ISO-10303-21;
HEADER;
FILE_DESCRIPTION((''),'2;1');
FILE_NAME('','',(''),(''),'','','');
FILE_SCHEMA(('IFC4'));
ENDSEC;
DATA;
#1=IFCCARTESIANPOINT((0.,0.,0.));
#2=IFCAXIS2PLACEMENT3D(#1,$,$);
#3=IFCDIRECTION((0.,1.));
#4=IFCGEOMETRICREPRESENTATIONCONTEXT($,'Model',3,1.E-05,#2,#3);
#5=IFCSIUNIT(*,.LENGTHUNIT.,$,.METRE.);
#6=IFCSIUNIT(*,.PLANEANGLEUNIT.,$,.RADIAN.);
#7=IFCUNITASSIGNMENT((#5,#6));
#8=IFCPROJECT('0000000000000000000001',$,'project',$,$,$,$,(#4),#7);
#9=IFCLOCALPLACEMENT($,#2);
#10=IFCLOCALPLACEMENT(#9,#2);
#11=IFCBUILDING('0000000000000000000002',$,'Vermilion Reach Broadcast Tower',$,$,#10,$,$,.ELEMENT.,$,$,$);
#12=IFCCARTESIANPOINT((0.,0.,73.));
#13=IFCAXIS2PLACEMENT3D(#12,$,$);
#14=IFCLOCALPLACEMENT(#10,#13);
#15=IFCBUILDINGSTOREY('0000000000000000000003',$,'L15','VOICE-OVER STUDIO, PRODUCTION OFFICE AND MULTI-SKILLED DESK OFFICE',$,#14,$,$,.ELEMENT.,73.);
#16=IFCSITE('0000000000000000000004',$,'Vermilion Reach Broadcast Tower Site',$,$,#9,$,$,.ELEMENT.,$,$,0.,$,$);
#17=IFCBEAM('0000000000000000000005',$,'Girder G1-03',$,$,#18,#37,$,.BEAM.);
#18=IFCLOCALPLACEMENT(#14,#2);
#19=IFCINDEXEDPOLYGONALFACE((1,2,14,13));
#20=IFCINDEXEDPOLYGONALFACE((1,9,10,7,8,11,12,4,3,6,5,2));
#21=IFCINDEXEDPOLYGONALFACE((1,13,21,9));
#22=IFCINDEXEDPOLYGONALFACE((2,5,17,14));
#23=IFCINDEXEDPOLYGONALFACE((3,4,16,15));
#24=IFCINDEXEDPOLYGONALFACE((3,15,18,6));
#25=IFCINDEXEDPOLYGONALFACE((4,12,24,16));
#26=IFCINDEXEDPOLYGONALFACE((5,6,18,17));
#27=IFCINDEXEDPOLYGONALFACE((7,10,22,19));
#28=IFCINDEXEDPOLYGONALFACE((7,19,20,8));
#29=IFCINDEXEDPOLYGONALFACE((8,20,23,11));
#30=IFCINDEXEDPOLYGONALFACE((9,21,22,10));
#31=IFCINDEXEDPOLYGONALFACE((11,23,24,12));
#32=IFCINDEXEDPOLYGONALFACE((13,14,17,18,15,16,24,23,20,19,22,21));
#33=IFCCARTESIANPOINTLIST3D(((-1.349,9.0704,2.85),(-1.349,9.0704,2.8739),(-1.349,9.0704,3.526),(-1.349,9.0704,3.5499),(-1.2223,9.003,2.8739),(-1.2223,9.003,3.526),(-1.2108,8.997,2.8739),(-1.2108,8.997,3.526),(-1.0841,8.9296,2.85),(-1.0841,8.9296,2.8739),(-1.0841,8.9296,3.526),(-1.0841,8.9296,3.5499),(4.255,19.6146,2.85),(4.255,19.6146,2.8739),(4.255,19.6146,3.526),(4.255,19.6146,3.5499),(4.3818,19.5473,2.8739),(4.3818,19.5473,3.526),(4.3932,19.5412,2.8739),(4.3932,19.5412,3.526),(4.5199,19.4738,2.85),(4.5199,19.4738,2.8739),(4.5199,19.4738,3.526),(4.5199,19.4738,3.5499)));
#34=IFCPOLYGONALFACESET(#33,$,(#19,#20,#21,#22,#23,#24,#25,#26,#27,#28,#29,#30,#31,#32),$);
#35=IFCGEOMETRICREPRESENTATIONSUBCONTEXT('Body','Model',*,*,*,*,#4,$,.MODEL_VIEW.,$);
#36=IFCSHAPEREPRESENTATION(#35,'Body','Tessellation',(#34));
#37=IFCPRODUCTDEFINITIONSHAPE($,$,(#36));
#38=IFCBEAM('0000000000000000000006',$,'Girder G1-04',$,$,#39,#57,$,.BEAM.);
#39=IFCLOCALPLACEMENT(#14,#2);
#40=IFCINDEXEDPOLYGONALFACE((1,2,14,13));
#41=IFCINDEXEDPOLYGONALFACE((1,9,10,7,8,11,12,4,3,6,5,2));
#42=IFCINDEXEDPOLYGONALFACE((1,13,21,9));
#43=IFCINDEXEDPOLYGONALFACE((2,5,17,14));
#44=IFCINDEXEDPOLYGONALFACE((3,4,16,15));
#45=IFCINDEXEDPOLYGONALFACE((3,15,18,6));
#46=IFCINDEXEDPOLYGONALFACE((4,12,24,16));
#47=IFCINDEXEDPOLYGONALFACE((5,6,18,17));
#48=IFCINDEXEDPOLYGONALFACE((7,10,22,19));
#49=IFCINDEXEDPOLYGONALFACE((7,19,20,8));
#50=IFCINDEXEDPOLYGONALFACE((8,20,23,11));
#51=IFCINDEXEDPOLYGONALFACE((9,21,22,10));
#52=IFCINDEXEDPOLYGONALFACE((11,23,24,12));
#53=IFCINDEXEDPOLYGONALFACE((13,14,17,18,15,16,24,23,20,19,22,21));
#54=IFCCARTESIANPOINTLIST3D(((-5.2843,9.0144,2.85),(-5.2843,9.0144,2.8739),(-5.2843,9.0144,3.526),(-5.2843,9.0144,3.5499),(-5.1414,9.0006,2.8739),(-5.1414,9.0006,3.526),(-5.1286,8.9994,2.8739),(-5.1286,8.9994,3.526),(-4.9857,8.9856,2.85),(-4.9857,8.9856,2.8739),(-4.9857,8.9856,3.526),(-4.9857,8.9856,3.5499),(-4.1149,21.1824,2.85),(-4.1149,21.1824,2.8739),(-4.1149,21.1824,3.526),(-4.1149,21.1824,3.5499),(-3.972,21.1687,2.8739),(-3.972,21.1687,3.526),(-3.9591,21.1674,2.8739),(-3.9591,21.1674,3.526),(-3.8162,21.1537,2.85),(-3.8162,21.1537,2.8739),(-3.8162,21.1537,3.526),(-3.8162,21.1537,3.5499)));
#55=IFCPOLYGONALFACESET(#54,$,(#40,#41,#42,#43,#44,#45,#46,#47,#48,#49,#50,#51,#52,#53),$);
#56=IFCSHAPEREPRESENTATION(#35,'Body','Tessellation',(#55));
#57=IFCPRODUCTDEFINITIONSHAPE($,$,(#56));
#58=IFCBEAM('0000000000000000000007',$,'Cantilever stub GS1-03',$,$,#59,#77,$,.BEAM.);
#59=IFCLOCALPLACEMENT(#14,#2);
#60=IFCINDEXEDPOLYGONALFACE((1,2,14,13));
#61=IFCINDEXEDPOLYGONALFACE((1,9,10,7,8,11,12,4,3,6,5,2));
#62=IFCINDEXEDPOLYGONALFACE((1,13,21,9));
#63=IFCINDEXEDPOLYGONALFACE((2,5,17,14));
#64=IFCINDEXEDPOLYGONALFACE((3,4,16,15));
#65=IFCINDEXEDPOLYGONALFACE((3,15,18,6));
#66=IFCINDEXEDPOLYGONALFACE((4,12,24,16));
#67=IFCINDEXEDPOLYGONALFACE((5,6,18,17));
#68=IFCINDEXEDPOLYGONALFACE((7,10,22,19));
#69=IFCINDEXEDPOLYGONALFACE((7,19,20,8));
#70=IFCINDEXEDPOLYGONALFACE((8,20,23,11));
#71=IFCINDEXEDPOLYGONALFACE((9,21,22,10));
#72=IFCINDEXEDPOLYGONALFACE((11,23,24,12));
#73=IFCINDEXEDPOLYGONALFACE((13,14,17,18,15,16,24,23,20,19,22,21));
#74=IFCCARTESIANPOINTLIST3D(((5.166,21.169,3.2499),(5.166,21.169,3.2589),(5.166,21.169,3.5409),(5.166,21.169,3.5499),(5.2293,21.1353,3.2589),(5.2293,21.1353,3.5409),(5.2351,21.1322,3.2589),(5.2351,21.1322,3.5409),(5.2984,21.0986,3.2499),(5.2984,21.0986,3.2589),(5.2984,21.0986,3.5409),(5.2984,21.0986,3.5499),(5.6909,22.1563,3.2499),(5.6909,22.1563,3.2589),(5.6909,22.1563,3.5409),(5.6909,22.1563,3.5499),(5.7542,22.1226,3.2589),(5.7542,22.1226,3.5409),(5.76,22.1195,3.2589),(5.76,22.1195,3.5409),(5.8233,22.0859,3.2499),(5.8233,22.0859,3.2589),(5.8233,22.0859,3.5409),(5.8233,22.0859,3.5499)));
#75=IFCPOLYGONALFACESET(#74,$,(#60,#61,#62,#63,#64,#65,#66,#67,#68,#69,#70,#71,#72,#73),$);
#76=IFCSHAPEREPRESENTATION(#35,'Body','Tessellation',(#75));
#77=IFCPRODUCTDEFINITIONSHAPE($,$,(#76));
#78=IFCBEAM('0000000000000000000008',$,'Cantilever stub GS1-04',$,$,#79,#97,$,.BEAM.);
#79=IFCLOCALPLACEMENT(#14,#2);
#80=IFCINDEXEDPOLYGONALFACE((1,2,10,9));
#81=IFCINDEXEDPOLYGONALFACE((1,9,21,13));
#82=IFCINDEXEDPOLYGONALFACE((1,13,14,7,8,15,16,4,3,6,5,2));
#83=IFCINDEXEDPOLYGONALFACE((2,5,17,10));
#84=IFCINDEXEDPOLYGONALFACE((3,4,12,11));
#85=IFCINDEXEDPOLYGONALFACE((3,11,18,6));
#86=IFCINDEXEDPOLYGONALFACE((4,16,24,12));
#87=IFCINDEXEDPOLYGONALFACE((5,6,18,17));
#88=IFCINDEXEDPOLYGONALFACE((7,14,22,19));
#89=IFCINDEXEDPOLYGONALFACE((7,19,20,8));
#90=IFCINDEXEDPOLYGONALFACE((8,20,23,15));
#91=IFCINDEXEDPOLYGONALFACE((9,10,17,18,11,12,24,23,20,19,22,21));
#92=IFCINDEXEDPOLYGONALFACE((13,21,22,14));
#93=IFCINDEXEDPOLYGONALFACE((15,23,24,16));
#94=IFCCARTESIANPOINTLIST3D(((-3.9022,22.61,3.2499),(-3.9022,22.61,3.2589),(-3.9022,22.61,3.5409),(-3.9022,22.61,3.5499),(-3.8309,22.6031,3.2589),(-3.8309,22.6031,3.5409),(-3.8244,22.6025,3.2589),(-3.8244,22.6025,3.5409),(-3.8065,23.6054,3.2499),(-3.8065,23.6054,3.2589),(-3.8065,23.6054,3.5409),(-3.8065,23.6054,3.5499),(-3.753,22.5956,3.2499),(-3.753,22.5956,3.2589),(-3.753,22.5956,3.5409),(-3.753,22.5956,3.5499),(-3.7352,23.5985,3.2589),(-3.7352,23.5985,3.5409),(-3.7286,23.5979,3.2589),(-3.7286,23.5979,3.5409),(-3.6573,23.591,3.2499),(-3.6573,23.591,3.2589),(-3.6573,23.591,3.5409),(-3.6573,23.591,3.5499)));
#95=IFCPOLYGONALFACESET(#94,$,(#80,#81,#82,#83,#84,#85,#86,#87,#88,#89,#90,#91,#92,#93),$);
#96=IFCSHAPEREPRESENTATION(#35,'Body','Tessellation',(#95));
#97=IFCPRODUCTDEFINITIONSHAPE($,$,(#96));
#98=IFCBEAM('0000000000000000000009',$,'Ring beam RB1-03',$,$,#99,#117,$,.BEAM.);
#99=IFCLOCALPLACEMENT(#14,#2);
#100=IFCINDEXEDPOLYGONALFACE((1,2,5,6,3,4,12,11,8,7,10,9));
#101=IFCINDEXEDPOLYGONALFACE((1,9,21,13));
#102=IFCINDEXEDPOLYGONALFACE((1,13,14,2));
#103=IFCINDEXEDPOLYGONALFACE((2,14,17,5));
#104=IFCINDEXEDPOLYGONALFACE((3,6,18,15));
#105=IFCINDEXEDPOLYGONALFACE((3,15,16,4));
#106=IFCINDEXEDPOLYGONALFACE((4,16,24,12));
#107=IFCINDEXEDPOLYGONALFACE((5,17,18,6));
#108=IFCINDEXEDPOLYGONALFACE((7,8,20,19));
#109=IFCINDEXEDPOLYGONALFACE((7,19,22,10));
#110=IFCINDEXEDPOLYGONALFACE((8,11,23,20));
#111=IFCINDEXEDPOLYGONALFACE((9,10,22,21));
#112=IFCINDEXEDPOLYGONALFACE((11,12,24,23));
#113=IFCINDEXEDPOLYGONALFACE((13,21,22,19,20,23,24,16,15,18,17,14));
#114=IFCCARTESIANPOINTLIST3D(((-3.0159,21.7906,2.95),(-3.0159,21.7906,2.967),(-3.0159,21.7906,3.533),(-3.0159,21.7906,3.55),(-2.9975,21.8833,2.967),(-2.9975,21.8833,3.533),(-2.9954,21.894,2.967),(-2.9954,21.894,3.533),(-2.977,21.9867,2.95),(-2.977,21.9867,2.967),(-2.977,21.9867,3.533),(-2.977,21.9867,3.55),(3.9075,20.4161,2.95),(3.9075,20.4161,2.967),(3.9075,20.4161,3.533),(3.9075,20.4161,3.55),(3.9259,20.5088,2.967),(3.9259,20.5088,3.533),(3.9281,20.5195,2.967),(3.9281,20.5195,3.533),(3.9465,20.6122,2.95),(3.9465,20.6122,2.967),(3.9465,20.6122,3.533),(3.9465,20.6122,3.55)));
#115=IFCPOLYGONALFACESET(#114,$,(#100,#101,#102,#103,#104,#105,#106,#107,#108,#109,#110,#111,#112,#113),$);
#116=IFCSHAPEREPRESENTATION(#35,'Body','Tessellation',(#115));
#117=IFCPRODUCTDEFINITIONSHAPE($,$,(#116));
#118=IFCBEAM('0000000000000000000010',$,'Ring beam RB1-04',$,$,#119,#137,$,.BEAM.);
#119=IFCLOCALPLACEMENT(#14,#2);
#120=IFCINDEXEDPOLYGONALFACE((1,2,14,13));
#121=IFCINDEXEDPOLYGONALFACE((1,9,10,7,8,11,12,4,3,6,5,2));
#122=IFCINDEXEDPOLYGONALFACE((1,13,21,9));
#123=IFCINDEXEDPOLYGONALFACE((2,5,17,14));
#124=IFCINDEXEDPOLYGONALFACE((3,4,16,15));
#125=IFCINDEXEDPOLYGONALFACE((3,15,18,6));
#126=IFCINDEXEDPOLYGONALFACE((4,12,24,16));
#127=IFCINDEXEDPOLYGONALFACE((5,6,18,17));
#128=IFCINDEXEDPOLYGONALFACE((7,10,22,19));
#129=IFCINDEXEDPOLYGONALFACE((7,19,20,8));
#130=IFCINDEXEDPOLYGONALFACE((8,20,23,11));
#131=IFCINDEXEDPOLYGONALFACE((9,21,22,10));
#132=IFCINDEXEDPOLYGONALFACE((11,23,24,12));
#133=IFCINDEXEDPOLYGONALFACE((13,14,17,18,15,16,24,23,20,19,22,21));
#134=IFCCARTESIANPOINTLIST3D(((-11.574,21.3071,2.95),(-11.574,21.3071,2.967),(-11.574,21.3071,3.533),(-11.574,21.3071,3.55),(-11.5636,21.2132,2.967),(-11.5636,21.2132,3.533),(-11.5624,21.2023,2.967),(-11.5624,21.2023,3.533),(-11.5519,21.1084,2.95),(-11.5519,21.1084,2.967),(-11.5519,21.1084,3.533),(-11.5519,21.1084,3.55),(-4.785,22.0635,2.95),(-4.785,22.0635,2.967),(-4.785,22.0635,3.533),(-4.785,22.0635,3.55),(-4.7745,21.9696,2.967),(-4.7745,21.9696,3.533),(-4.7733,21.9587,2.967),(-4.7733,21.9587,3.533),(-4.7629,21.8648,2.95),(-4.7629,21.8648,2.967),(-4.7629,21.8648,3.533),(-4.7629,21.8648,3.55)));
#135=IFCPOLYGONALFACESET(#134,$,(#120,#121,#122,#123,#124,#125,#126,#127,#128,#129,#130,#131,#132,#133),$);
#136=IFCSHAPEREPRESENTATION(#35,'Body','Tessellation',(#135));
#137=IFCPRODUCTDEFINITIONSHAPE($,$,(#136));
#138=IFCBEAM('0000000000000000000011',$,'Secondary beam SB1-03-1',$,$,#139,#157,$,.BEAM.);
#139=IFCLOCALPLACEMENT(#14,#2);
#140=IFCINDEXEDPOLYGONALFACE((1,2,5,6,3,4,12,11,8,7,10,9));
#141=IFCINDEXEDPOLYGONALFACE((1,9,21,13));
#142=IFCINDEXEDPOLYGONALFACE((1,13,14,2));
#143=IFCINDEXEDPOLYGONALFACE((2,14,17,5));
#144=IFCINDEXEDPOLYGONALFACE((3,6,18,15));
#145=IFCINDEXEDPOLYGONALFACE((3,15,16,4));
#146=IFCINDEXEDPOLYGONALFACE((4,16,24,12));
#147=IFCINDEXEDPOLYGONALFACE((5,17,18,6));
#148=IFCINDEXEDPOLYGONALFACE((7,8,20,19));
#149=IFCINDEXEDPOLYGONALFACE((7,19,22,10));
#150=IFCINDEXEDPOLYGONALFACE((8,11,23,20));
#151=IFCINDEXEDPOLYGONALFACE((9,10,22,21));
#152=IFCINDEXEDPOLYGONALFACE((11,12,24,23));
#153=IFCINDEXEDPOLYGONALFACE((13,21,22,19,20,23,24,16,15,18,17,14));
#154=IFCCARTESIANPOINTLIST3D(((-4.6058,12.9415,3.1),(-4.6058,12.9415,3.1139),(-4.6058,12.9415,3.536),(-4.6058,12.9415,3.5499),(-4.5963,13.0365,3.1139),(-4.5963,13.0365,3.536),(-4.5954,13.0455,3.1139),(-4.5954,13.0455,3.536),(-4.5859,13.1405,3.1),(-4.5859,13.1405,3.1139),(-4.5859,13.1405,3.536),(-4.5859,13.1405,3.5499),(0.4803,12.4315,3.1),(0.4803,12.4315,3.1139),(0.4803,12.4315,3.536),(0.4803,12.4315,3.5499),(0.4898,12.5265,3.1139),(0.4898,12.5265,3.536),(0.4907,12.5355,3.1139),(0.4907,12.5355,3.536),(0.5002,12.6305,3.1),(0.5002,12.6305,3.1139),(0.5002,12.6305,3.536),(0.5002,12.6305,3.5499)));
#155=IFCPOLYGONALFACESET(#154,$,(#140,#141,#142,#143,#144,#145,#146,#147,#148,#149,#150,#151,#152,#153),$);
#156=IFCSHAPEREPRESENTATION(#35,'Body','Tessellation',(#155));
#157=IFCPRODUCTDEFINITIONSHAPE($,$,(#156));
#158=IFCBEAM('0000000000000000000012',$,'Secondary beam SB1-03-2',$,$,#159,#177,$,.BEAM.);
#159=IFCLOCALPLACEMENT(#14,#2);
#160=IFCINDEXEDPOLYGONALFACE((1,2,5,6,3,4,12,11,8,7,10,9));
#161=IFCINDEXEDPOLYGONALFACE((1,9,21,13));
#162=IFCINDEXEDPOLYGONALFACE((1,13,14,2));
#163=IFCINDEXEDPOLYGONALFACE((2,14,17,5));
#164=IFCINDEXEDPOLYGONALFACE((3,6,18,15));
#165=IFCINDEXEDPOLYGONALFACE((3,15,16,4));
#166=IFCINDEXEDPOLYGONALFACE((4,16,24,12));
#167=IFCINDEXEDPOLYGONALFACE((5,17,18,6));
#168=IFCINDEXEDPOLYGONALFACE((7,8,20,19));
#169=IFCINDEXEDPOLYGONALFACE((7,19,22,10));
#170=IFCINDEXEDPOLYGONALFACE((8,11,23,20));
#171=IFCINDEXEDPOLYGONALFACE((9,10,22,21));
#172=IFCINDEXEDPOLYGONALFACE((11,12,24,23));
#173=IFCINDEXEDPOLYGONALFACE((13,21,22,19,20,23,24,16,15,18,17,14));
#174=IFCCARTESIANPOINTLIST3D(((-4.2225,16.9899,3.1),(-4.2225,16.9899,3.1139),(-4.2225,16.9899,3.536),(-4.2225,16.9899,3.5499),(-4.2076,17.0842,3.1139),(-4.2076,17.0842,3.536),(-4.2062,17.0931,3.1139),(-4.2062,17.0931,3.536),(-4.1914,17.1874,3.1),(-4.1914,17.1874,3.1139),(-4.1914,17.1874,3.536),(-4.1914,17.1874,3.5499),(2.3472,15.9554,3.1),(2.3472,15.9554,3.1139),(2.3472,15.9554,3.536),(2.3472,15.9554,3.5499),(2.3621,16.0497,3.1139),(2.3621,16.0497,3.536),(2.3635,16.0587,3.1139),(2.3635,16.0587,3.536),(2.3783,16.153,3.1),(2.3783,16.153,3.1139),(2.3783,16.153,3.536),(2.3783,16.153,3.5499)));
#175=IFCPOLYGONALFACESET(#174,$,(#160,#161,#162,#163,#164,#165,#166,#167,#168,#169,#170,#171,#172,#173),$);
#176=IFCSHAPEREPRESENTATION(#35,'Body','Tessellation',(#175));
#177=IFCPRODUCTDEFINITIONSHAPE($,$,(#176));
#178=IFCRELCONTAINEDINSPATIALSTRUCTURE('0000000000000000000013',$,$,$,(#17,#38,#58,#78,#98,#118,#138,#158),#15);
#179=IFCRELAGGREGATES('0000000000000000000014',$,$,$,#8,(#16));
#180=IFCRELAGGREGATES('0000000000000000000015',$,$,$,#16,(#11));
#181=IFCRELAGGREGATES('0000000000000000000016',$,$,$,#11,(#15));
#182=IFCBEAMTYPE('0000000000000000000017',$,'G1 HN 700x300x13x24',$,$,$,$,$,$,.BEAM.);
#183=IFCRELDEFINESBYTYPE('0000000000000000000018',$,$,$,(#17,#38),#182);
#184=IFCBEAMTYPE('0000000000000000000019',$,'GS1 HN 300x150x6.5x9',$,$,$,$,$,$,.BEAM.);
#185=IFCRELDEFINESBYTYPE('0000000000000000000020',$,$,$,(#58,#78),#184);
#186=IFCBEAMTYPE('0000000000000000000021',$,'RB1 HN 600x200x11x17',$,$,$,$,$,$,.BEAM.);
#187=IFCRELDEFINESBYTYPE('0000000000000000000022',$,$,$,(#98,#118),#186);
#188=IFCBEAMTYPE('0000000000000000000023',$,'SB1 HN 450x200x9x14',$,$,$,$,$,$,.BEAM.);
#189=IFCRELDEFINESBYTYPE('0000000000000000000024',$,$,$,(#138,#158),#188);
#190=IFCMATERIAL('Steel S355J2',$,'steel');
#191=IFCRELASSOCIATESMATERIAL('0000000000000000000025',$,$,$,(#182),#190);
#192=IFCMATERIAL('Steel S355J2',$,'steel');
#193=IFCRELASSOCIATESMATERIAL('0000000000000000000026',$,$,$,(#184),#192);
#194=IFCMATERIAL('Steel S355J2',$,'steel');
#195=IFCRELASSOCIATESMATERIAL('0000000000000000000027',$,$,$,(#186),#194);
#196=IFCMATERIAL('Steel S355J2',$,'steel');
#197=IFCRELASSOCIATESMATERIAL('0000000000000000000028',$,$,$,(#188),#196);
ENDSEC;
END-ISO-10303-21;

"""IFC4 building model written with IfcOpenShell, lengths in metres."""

from ifc_helpers import new_model, si_unit, direction, frame, origin, origin_2d, place, context, subcontext, project, spatial, i_section, extrude, material, material_profile, profile_set, type_object, element, save


model = new_model("IFC4")

# Units and contexts
model_context = context("Model", 3, precision=1e-05, world=origin(), true_north=direction((0.0, 1.0)))
body_context = subcontext(model_context, "Body", "Model", "MODEL_VIEW")
ifc_project = project(units=[si_unit("LENGTHUNIT", "METRE"), si_unit("PLANEANGLEUNIT", "RADIAN")], contexts=[model_context])

# Site, building, storey
site_placement = place(None, origin())
site = spatial("IfcSite", under=ifc_project, at=site_placement, Name="Vermilion Reach Broadcast Tower Site", CompositionType="ELEMENT", RefElevation=0.0)
building_placement = place(site_placement, origin())
building = spatial("IfcBuilding", under=site, at=building_placement, Name="Vermilion Reach Broadcast Tower", CompositionType="ELEMENT")
storey_placement = place(building_placement, frame((0.0, 0.0, 73.0)))
storey = spatial("IfcBuildingStorey", under=building, at=storey_placement, Name="L15", Description="VOICE-OVER STUDIO, PRODUCTION OFFICE AND MULTI-SKILLED DESK OFFICE", CompositionType="ELEMENT", Elevation=73.0)

# Beams
ifc_material_1 = material(Name="Steel S355J2", Category="steel")
ifc_material_profile_1 = material_profile(ifc_material_1, i_section(OverallWidth=0.3, OverallDepth=0.7, WebThickness=0.0129, FlangeThickness=0.0239, at=origin_2d()), Name="S355J2 HN 700x300x13x24")
ifc_profile_set_1 = profile_set([ifc_material_profile_1], Name="Steel S355J2")
beam_type_1 = type_object("IfcBeamType", Name="G1 HN 700x300x13x24", PredefinedType="BEAM", material=ifc_profile_set_1)
beam_1_placement = place(storey_placement, frame((-1.2166, 9.0, 3.2), z_axis=(0.469312, 0.883032, 0.0), x_axis=(-0.883032, 0.469312, 0.0)))
element("IfcBeam", 1, at=beam_1_placement, inside=storey, type_object=beam_type_1, Name="Girder G1-03", PredefinedType="BEAM", context=body_context, shape_type="SweptSolid", body=[
    extrude(i_section(OverallWidth=0.3, OverallDepth=0.7, WebThickness=0.0129, FlangeThickness=0.0239, at=origin_2d()), origin(), (0.0, 0.0, 1.0), 11.9409),
])
beam_2_placement = place(storey_placement, frame((-5.135, 9.0, 3.2), z_axis=(0.095667, 0.995413, 0.0), x_axis=(-0.995413, 0.095667, 0.0)))
element("IfcBeam", 2, at=beam_2_placement, inside=storey, type_object=beam_type_1, Name="Girder G1-04", PredefinedType="BEAM", context=body_context, shape_type="SweptSolid", body=[
    extrude(i_section(OverallWidth=0.3, OverallDepth=0.7, WebThickness=0.0129, FlangeThickness=0.0239, at=origin_2d()), origin(), (0.0, 0.0, 1.0), 12.2241),
])
ifc_material_2 = material(Name="Steel S355J2", Category="steel")
ifc_material_profile_2 = material_profile(ifc_material_2, i_section(OverallWidth=0.1499, OverallDepth=0.3, WebThickness=0.0066, FlangeThickness=0.009, at=origin_2d()), Name="S355J2 HN 300x150x6.5x9")
ifc_profile_set_2 = profile_set([ifc_material_profile_2], Name="Steel S355J2")
beam_type_2 = type_object("IfcBeamType", Name="GS1 HN 300x150x6.5x9", PredefinedType="BEAM", material=ifc_profile_set_2)
beam_3_placement = place(storey_placement, frame((5.2322, 21.1338, 3.3999), z_axis=(0.469432, 0.882969, 0.0), x_axis=(-0.882969, 0.469432, 0.0)))
element("IfcBeam", 3, at=beam_3_placement, inside=storey, type_object=beam_type_2, Name="Cantilever stub GS1-03", PredefinedType="BEAM", context=body_context, shape_type="SweptSolid", body=[
    extrude(i_section(OverallWidth=0.1499, OverallDepth=0.3, WebThickness=0.0066, FlangeThickness=0.009, at=origin_2d()), origin(), (0.0, 0.0, 1.0), 1.1182),
])
beam_4_placement = place(storey_placement, frame((-3.8276, 22.6028, 3.3999), z_axis=(0.095708, 0.995409, 0.0), x_axis=(-0.995409, 0.095708, 0.0)))
element("IfcBeam", 4, at=beam_4_placement, inside=storey, type_object=beam_type_2, Name="Cantilever stub GS1-04", PredefinedType="BEAM", context=body_context, shape_type="SweptSolid", body=[
    extrude(i_section(OverallWidth=0.1499, OverallDepth=0.3, WebThickness=0.0066, FlangeThickness=0.009, at=origin_2d()), origin(), (0.0, 0.0, 1.0), 1.0),
])
ifc_material_3 = material(Name="Steel S355J2", Category="steel")
ifc_material_profile_3 = material_profile(ifc_material_3, i_section(OverallWidth=0.2, OverallDepth=0.6001, WebThickness=0.011, FlangeThickness=0.0171, at=origin_2d()), Name="S355J2 HN 600x200x11x17")
ifc_profile_set_3 = profile_set([ifc_material_profile_3], Name="Steel S355J2")
beam_type_3 = type_object("IfcBeamType", Name="RB1 HN 600x200x11x17", PredefinedType="BEAM", material=ifc_profile_set_3)
beam_5_placement = place(storey_placement, frame((3.927, 20.5142, 3.25), z_axis=(-0.980858, 0.194726, 0.0), x_axis=(-0.194726, -0.980858, 0.0)))
element("IfcBeam", 5, at=beam_5_placement, inside=storey, type_object=beam_type_3, Name="Ring beam RB1-03", PredefinedType="BEAM", context=body_context, shape_type="SweptSolid", body=[
    extrude(i_section(OverallWidth=0.2, OverallDepth=0.6001, WebThickness=0.011, FlangeThickness=0.0171, at=origin_2d()), origin(), (0.0, 0.0, 1.0), 7.0586),
])
beam_6_placement = place(storey_placement, frame((-4.7739, 21.9641, 3.25), z_axis=(-0.993851, -0.110722, 0.0), x_axis=(0.110722, -0.993851, 0.0)))
element("IfcBeam", 6, at=beam_6_placement, inside=storey, type_object=beam_type_3, Name="Ring beam RB1-04", PredefinedType="BEAM", context=body_context, shape_type="SweptSolid", body=[
    extrude(i_section(OverallWidth=0.2, OverallDepth=0.6001, WebThickness=0.011, FlangeThickness=0.0171, at=origin_2d()), origin(), (0.0, 0.0, 1.0), 6.8311),
])
ifc_material_4 = material(Name="Steel S355J2", Category="steel")
ifc_material_profile_4 = material_profile(ifc_material_4, i_section(OverallWidth=0.2, OverallDepth=0.45, WebThickness=0.009, FlangeThickness=0.0139, at=origin_2d()), Name="S355J2 HN 450x200x9x14")
ifc_profile_set_4 = profile_set([ifc_material_profile_4], Name="Steel S355J2")
beam_type_4 = type_object("IfcBeamType", Name="SB1 HN 450x200x9x14", PredefinedType="BEAM", material=ifc_profile_set_4)
beam_7_placement = place(storey_placement, frame((0.4902, 12.531, 3.325), z_axis=(-0.99501, 0.099773, 0.0), x_axis=(-0.099773, -0.99501, 0.0)))
element("IfcBeam", 7, at=beam_7_placement, inside=storey, type_object=beam_type_4, Name="Secondary beam SB1-03-1", PredefinedType="BEAM", context=body_context, shape_type="SweptSolid", body=[
    extrude(i_section(OverallWidth=0.2, OverallDepth=0.45, WebThickness=0.009, FlangeThickness=0.0139, at=origin_2d()), origin(), (0.0, 0.0, 1.0), 5.1116),
])
beam_8_placement = place(storey_placement, frame((2.3628, 16.0542, 3.325), z_axis=(-0.98783, 0.15554, 0.0), x_axis=(-0.15554, -0.98783, 0.0)))
element("IfcBeam", 8, at=beam_8_placement, inside=storey, type_object=beam_type_4, Name="Secondary beam SB1-03-2", PredefinedType="BEAM", context=body_context, shape_type="SweptSolid", body=[
    extrude(i_section(OverallWidth=0.2, OverallDepth=0.45, WebThickness=0.009, FlangeThickness=0.0139, at=origin_2d()), origin(), (0.0, 0.0, 1.0), 6.6506),
])

save(model, "model.ifc")
